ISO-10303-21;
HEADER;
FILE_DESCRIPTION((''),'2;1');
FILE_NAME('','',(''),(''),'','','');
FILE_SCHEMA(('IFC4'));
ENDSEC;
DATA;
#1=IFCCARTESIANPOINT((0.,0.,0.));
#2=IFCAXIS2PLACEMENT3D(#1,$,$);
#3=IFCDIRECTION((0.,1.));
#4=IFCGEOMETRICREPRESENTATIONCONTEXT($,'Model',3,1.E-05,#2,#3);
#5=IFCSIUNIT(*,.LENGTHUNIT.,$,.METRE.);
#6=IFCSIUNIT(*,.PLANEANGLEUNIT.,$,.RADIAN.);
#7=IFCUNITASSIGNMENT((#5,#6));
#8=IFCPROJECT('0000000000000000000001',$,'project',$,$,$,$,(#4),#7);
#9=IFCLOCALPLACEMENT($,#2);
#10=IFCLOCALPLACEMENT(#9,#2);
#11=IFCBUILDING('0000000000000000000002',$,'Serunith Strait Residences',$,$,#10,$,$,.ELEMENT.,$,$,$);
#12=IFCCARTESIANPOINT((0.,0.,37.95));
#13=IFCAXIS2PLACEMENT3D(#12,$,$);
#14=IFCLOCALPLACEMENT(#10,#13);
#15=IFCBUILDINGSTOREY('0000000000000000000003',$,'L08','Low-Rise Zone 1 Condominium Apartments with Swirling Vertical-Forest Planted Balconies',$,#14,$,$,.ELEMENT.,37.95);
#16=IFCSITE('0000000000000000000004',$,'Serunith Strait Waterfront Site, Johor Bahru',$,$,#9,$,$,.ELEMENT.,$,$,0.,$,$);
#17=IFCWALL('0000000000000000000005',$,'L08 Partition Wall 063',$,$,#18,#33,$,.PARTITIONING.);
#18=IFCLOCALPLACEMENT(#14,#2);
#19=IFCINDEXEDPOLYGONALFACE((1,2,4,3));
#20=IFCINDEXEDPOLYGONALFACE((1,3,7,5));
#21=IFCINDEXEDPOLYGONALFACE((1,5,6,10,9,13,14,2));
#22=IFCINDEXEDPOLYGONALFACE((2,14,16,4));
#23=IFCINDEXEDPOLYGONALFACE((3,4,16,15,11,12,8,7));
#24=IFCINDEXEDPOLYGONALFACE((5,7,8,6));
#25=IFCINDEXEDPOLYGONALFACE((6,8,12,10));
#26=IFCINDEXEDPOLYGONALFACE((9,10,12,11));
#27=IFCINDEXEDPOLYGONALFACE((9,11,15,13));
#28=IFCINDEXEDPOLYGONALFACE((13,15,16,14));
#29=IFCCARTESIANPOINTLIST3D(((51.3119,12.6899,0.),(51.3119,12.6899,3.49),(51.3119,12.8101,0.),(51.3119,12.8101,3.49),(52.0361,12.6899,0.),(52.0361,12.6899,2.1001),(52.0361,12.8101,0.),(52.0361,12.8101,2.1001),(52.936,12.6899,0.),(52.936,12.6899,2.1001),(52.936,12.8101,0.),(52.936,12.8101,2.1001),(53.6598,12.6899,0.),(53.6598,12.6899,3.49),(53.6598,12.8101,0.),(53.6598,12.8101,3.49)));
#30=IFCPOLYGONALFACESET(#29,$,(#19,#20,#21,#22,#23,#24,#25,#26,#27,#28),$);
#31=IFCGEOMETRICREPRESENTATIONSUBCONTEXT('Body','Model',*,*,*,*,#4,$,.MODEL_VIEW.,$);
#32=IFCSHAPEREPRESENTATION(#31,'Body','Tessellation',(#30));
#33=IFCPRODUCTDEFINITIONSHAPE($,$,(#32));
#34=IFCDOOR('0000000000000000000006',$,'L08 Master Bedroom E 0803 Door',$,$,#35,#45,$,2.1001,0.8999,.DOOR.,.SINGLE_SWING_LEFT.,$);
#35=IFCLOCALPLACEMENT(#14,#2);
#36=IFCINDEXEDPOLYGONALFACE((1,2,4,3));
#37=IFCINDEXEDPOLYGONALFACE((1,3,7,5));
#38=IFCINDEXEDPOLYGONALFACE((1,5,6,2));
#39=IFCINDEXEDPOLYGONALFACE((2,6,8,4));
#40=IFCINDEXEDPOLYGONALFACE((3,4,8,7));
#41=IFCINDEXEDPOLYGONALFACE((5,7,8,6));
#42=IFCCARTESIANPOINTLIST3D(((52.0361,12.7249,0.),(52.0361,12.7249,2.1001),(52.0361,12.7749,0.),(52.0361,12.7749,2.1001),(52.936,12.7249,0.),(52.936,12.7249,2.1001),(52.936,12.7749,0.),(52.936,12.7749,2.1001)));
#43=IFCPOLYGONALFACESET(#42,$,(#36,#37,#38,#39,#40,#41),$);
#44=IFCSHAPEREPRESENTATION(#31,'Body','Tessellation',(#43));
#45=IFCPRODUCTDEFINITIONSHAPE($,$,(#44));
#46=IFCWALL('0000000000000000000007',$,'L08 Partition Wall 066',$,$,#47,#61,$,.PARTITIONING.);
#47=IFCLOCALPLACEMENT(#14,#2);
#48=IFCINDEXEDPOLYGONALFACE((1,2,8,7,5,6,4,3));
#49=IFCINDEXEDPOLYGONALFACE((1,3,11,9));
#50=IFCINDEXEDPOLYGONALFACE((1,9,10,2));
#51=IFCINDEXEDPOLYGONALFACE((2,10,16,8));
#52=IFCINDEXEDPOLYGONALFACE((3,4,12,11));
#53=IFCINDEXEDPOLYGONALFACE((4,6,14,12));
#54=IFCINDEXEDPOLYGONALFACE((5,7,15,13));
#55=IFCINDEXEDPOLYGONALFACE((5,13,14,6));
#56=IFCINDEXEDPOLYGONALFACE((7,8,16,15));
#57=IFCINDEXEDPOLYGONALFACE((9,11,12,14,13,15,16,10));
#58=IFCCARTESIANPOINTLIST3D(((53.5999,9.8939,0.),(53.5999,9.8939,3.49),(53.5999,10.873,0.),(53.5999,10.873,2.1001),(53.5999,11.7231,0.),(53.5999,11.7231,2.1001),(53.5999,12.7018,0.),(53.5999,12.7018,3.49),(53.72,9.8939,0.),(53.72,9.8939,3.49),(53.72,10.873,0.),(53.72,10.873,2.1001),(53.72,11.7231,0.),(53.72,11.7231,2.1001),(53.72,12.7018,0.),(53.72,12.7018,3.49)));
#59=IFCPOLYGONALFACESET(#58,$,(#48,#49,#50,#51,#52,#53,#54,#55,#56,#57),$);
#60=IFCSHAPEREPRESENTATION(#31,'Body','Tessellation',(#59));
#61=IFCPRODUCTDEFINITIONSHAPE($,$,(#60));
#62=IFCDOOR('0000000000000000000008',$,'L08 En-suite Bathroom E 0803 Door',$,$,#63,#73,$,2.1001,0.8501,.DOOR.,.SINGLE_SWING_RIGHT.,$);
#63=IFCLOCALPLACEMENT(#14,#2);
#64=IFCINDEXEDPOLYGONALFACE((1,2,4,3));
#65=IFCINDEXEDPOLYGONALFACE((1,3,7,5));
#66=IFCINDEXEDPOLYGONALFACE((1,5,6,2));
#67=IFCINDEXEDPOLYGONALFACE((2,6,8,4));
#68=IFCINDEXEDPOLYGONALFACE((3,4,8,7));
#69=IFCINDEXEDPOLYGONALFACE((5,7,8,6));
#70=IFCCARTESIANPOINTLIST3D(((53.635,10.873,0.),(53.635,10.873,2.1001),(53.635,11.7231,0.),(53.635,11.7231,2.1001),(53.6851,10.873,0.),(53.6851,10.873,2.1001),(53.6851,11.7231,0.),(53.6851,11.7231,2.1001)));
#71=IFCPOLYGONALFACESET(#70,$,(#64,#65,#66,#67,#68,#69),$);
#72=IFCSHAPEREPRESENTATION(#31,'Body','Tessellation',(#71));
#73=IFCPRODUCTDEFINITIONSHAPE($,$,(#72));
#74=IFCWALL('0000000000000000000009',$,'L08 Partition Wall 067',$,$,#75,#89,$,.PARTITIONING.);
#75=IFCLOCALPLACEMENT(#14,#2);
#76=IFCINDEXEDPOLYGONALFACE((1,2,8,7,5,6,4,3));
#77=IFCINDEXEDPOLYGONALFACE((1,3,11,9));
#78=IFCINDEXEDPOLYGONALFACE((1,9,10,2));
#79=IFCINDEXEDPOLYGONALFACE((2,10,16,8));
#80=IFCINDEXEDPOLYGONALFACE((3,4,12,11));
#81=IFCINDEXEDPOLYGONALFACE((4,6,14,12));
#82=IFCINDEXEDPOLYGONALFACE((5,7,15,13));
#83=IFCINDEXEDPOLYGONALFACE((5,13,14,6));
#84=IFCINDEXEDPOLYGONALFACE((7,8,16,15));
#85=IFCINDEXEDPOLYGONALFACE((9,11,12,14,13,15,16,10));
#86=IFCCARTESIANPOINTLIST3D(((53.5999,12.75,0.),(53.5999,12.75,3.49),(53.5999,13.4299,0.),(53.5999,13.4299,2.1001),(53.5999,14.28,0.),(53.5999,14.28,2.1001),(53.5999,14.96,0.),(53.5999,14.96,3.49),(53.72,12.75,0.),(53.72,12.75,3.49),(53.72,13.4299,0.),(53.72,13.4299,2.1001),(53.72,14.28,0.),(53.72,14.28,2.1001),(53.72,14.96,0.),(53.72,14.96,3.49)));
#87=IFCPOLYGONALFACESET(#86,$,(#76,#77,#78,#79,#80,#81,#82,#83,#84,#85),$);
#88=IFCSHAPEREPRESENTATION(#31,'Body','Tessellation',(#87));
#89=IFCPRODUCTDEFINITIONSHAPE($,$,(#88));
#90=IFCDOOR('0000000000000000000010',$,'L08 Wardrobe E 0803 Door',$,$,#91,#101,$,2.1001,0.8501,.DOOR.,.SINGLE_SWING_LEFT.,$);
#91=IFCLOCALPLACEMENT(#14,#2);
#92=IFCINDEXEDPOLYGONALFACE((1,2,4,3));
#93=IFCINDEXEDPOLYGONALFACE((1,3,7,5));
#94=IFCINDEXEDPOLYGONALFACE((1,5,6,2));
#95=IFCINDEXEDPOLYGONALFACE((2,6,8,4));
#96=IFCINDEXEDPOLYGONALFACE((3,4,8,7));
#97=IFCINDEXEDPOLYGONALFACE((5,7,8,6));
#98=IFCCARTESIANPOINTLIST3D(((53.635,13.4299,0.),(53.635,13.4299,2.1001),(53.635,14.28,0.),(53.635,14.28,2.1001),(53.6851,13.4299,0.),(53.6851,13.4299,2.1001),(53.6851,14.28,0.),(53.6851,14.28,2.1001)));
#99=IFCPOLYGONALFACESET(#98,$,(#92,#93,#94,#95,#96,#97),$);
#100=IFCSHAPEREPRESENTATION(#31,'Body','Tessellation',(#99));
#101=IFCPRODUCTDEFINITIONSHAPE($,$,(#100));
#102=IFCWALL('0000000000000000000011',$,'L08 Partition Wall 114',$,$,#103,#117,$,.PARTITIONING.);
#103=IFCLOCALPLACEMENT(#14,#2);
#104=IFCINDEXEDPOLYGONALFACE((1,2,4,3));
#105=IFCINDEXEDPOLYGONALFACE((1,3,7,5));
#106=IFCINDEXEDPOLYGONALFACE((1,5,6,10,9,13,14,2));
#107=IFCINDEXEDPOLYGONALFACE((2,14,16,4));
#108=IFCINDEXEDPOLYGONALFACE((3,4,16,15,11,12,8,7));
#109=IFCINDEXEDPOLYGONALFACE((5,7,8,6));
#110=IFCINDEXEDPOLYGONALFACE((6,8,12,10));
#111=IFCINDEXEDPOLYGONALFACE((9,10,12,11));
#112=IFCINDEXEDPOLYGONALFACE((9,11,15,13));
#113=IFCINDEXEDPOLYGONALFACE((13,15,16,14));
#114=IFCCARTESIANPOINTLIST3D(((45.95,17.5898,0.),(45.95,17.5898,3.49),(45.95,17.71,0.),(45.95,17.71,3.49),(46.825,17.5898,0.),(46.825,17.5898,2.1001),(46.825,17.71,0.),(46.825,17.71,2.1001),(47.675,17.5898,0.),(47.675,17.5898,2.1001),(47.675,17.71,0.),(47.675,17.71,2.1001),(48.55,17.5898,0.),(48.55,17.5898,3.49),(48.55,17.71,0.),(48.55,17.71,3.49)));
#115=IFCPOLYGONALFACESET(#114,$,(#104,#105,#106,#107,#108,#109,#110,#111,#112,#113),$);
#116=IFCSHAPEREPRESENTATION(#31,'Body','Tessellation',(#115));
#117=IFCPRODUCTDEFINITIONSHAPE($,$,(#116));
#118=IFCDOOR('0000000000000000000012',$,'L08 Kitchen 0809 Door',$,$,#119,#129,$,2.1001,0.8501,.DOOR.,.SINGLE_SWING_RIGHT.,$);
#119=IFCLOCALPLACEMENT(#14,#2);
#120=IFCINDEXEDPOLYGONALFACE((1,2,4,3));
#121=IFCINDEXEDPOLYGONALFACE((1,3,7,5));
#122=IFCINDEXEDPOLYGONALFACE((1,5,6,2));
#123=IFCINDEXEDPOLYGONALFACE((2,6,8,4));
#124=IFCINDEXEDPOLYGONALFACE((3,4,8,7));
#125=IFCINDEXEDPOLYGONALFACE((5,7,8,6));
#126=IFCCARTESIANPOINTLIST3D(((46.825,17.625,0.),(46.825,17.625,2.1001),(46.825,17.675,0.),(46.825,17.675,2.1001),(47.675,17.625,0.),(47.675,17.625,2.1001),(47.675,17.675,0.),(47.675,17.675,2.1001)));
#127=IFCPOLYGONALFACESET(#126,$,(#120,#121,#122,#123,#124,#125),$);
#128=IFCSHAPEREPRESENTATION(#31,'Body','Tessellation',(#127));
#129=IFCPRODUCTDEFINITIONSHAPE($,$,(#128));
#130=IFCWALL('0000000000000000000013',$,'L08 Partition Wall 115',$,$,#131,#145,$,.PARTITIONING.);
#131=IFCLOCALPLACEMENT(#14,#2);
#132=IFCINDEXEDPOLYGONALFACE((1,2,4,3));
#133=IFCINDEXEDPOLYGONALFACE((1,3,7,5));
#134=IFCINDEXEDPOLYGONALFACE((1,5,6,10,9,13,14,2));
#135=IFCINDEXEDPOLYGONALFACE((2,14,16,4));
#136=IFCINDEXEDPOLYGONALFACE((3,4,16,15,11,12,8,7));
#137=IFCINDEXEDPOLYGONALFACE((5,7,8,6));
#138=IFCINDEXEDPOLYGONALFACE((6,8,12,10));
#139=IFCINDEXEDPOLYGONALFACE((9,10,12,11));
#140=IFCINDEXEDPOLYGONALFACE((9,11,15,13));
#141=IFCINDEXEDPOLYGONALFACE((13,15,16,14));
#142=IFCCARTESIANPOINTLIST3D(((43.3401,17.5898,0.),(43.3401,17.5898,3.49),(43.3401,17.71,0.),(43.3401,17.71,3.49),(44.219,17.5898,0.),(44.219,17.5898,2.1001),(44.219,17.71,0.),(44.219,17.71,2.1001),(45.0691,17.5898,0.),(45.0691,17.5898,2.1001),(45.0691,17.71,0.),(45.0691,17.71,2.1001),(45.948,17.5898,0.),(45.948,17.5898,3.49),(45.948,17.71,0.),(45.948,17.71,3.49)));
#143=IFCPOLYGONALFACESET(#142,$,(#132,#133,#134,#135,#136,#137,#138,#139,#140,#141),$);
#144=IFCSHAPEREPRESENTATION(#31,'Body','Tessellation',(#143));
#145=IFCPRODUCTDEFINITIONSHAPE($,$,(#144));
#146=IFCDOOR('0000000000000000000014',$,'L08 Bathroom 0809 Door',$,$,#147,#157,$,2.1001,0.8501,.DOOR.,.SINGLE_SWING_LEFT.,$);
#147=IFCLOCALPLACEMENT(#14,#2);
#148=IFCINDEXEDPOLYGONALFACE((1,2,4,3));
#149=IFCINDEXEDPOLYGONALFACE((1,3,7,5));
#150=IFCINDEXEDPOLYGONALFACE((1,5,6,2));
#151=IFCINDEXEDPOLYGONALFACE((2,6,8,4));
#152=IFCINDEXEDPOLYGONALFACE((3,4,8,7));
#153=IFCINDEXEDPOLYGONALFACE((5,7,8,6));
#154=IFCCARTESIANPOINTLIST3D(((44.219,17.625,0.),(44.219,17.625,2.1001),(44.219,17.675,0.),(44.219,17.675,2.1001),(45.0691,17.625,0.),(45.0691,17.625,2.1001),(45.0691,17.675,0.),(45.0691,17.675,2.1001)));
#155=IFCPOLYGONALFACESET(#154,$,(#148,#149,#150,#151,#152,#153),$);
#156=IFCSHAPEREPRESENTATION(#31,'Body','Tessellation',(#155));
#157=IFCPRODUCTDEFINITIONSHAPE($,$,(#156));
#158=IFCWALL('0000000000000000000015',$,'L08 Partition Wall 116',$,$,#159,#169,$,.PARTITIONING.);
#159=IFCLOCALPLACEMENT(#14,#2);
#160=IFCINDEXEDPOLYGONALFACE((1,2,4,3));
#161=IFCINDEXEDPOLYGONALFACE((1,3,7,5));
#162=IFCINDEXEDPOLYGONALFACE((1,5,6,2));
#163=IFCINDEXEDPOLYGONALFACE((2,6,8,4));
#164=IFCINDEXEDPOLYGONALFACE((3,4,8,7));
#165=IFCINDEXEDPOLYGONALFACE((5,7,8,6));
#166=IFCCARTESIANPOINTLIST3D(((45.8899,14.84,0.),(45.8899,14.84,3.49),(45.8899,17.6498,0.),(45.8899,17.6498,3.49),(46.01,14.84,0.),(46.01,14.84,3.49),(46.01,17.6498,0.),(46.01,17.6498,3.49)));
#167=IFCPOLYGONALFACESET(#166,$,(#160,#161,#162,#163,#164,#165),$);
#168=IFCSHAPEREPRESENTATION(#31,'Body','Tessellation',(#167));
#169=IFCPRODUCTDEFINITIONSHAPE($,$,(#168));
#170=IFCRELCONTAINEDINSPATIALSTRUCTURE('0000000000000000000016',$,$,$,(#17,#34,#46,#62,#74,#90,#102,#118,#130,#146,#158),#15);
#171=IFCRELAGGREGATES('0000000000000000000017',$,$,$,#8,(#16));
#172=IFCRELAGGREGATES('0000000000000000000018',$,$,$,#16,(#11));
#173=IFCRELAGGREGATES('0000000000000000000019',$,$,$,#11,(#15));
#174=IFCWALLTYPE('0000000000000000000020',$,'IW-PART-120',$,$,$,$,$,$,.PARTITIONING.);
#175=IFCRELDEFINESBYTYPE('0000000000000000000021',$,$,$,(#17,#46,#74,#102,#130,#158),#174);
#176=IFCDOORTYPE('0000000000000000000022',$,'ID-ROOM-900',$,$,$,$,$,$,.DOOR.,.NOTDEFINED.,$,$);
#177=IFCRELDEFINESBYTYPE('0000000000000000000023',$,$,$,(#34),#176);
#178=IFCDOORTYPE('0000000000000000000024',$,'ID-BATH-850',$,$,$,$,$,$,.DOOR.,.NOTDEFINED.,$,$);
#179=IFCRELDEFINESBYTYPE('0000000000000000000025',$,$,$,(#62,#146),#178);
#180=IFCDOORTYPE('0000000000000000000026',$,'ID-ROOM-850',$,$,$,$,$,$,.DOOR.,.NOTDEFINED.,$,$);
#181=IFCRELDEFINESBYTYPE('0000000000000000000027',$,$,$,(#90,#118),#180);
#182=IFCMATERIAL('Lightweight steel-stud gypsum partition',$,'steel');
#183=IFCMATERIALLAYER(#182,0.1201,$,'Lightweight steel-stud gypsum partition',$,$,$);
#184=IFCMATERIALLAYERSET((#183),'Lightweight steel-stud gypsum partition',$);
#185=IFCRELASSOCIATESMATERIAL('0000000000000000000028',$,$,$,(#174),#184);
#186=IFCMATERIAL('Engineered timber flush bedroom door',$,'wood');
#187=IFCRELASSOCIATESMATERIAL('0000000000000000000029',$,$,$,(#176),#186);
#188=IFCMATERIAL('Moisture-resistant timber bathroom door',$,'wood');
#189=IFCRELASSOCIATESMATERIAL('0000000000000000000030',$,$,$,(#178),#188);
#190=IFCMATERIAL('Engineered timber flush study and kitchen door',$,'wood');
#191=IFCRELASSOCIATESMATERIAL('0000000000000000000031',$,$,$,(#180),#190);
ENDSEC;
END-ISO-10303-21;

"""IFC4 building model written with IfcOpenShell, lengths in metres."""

from ifc_helpers import new_model, si_unit, direction, frame, frame_2d, origin, place, context, subcontext, project, spatial, rectangle, extrude, source, transform, mapped, material, layer, layer_set, type_object, element, fill, save


model = new_model("IFC4")

# Units and contexts
model_context = context("Model", 3, precision=1e-05, world=origin(), true_north=direction((0.0, 1.0)))
body_context = subcontext(model_context, "Body", "Model", "MODEL_VIEW")
ifc_project = project(units=[si_unit("LENGTHUNIT", "METRE"), si_unit("PLANEANGLEUNIT", "RADIAN")], contexts=[model_context])

# Site, building, storey
site_placement = place(None, origin())
site = spatial("IfcSite", under=ifc_project, at=site_placement, Name="Serunith Strait Waterfront Site, Johor Bahru", CompositionType="ELEMENT", RefElevation=0.0)
building_placement = place(site_placement, origin())
building = spatial("IfcBuilding", under=site, at=building_placement, Name="Serunith Strait Residences", CompositionType="ELEMENT")
storey_placement = place(building_placement, frame((0.0, 0.0, 37.95)))
storey = spatial("IfcBuildingStorey", under=building, at=storey_placement, Name="L08", Description="Low-Rise Zone 1 Condominium Apartments with Swirling Vertical-Forest Planted Balconies", CompositionType="ELEMENT", Elevation=37.95)

# Walls, openings, doors
ifc_material_1 = material(Name="Lightweight steel-stud gypsum partition", Category="steel")
ifc_layer = layer(ifc_material_1, 0.1201, Name="Lightweight steel-stud gypsum partition")
ifc_layer_set = layer_set([ifc_layer], Name="Lightweight steel-stud gypsum partition")
wall_type = type_object("IfcWallType", Name="IW-PART-120", PredefinedType="PARTITIONING", material=ifc_layer_set)
ifc_material_2 = material(Name="Engineered timber flush bedroom door", Category="wood")
door_type_1 = type_object("IfcDoorType", Name="ID-ROOM-900", OperationType="NOTDEFINED", PredefinedType="DOOR", material=ifc_material_2)
shared_shape_1 = source(origin(), body_context, "Body", "SweptSolid", [
    extrude(rectangle(XDim=0.8999, YDim=2.1001, at=frame_2d((0.45, 1.05))), frame((0.0, 0.0249, 0.0), z_axis=(0.0, -1.0, 0.0), x_axis=(1.0, 0.0, 0.0)), (0.0, 0.0, 1.0), 0.05),
])
ifc_material_3 = material(Name="Moisture-resistant timber bathroom door", Category="wood")
door_type_2 = type_object("IfcDoorType", Name="ID-BATH-850", OperationType="NOTDEFINED", PredefinedType="DOOR", material=ifc_material_3)
shared_shape_2 = source(origin(), body_context, "Body", "SweptSolid", [
    extrude(rectangle(XDim=0.8501, YDim=2.1001, at=frame_2d((0.425, 1.05))), frame((0.0, 0.0249, 0.0), z_axis=(0.0, -1.0, 0.0), x_axis=(1.0, 0.0, 0.0)), (0.0, 0.0, 1.0), 0.05),
])
ifc_material_4 = material(Name="Engineered timber flush study and kitchen door", Category="wood")
door_type_3 = type_object("IfcDoorType", Name="ID-ROOM-850", OperationType="NOTDEFINED", PredefinedType="DOOR", material=ifc_material_4)
wall_1_placement = place(storey_placement, frame((51.312, 12.75, 0.0), z_axis=(0.0, 0.0, 1.0), x_axis=(1.0, 0.0, 0.0)))
wall_1 = element("IfcWall", 1, at=wall_1_placement, inside=storey, type_object=wall_type, Name="L08 Partition Wall 063", PredefinedType="PARTITIONING", context=body_context, shape_type="SweptSolid", body=[
    extrude(rectangle(XDim=2.3479, YDim=0.1201, at=frame_2d((1.1738, 0.0))), origin(), (0.0, 0.0, 1.0), 3.49),
])
opening_1_placement = place(wall_1_placement, frame((0.7241, 0.0, 0.0)))
opening_1 = element("IfcOpeningElement", 2, at=opening_1_placement, cuts=wall_1, PredefinedType="OPENING", context=body_context, shape_type="SweptSolid", body=[
    extrude(rectangle(XDim=0.8999, YDim=2.1001, at=frame_2d((0.45, 1.05))), frame((0.0, 0.0701, 0.0), z_axis=(0.0, -1.0, 0.0), x_axis=(1.0, 0.0, 0.0)), (0.0, 0.0, 1.0), 0.1401),
])
door_1_placement = place(opening_1_placement, origin())
door_1 = element("IfcDoor", 3, at=door_1_placement, inside=storey, type_object=door_type_1, Name="L08 Master Bedroom E 0803 Door", OperationType="SINGLE_SWING_LEFT", OverallHeight=2.1001, OverallWidth=0.8999, PredefinedType="DOOR", context=body_context, shape_type="MappedRepresentation", body=[
    mapped(shared_shape_1, transform((0.0, 0.0, 0.0), scale=1.0)),
])
fill(opening_1, door_1)
wall_2_placement = place(storey_placement, frame((53.6599, 9.894, 0.0), z_axis=(0.0, 0.0, 1.0), x_axis=(0.0, 1.0, 0.0)))
wall_2 = element("IfcWall", 4, at=wall_2_placement, inside=storey, type_object=wall_type, Name="L08 Partition Wall 066", PredefinedType="PARTITIONING", context=body_context, shape_type="SweptSolid", body=[
    extrude(rectangle(XDim=2.8079, YDim=0.1201, at=frame_2d((1.4038, 0.0))), origin(), (0.0, 0.0, 1.0), 3.49),
])
opening_2_placement = place(wall_2_placement, frame((0.979, 0.0, 0.0)))
opening_2 = element("IfcOpeningElement", 5, at=opening_2_placement, cuts=wall_2, PredefinedType="OPENING", context=body_context, shape_type="SweptSolid", body=[
    extrude(rectangle(XDim=0.8501, YDim=2.1001, at=frame_2d((0.425, 1.05))), frame((0.0, 0.0701, 0.0), z_axis=(0.0, -1.0, 0.0), x_axis=(1.0, 0.0, 0.0)), (0.0, 0.0, 1.0), 0.1401),
])
door_2_placement = place(opening_2_placement, origin())
door_2 = element("IfcDoor", 6, at=door_2_placement, inside=storey, type_object=door_type_2, Name="L08 En-suite Bathroom E 0803 Door", OperationType="SINGLE_SWING_RIGHT", OverallHeight=2.1001, OverallWidth=0.8501, PredefinedType="DOOR", context=body_context, shape_type="MappedRepresentation", body=[
    mapped(shared_shape_2, transform((0.0, 0.0, 0.0), scale=1.0)),
])
fill(opening_2, door_2)
wall_3_placement = place(storey_placement, frame((53.6599, 12.75, 0.0), z_axis=(0.0, 0.0, 1.0), x_axis=(0.0, 1.0, 0.0)))
wall_3 = element("IfcWall", 7, at=wall_3_placement, inside=storey, type_object=wall_type, Name="L08 Partition Wall 067", PredefinedType="PARTITIONING", context=body_context, shape_type="SweptSolid", body=[
    extrude(rectangle(XDim=2.21, YDim=0.1201, at=frame_2d((1.105, 0.0))), origin(), (0.0, 0.0, 1.0), 3.49),
])
opening_3_placement = place(wall_3_placement, frame((0.6799, 0.0, 0.0)))
opening_3 = element("IfcOpeningElement", 8, at=opening_3_placement, cuts=wall_3, PredefinedType="OPENING", context=body_context, shape_type="SweptSolid", body=[
    extrude(rectangle(XDim=0.8501, YDim=2.1001, at=frame_2d((0.425, 1.05))), frame((0.0, 0.0701, 0.0), z_axis=(0.0, -1.0, 0.0), x_axis=(1.0, 0.0, 0.0)), (0.0, 0.0, 1.0), 0.1401),
])
door_3_placement = place(opening_3_placement, origin())
door_3 = element("IfcDoor", 9, at=door_3_placement, inside=storey, type_object=door_type_3, Name="L08 Wardrobe E 0803 Door", OperationType="SINGLE_SWING_LEFT", OverallHeight=2.1001, OverallWidth=0.8501, PredefinedType="DOOR", context=body_context, shape_type="MappedRepresentation", body=[
    mapped(shared_shape_2, transform((0.0, 0.0, 0.0), scale=1.0)),
])
fill(opening_3, door_3)
wall_4_placement = place(storey_placement, frame((48.55, 17.6499, 0.0), z_axis=(0.0, 0.0, 1.0), x_axis=(-1.0, 0.0, 0.0)))
wall_4 = element("IfcWall", 10, at=wall_4_placement, inside=storey, type_object=wall_type, Name="L08 Partition Wall 114", PredefinedType="PARTITIONING", context=body_context, shape_type="SweptSolid", body=[
    extrude(rectangle(XDim=2.6001, YDim=0.1201, at=frame_2d((1.3, 0.0))), origin(), (0.0, 0.0, 1.0), 3.49),
])
opening_4_placement = place(wall_4_placement, frame((0.875, 0.0, 0.0)))
opening_4 = element("IfcOpeningElement", 11, at=opening_4_placement, cuts=wall_4, PredefinedType="OPENING", context=body_context, shape_type="SweptSolid", body=[
    extrude(rectangle(XDim=0.8501, YDim=2.1001, at=frame_2d((0.425, 1.05))), frame((0.0, 0.0701, 0.0), z_axis=(0.0, -1.0, 0.0), x_axis=(1.0, 0.0, 0.0)), (0.0, 0.0, 1.0), 0.1401),
])
door_4_placement = place(opening_4_placement, origin())
door_4 = element("IfcDoor", 12, at=door_4_placement, inside=storey, type_object=door_type_3, Name="L08 Kitchen 0809 Door", OperationType="SINGLE_SWING_RIGHT", OverallHeight=2.1001, OverallWidth=0.8501, PredefinedType="DOOR", context=body_context, shape_type="MappedRepresentation", body=[
    mapped(shared_shape_2, transform((0.0, 0.0, 0.0), scale=1.0)),
])
fill(opening_4, door_4)
wall_5_placement = place(storey_placement, frame((45.948, 17.6499, 0.0), z_axis=(0.0, 0.0, 1.0), x_axis=(-1.0, 0.0, 0.0)))
wall_5 = element("IfcWall", 13, at=wall_5_placement, inside=storey, type_object=wall_type, Name="L08 Partition Wall 115", PredefinedType="PARTITIONING", context=body_context, shape_type="SweptSolid", body=[
    extrude(rectangle(XDim=2.6079, YDim=0.1201, at=frame_2d((1.304, 0.0))), origin(), (0.0, 0.0, 1.0), 3.49),
])
opening_5_placement = place(wall_5_placement, frame((0.8789, 0.0, 0.0)))
opening_5 = element("IfcOpeningElement", 14, at=opening_5_placement, cuts=wall_5, PredefinedType="OPENING", context=body_context, shape_type="SweptSolid", body=[
    extrude(rectangle(XDim=0.8501, YDim=2.1001, at=frame_2d((0.425, 1.05))), frame((0.0, 0.0701, 0.0), z_axis=(0.0, -1.0, 0.0), x_axis=(1.0, 0.0, 0.0)), (0.0, 0.0, 1.0), 0.1401),
])
door_5_placement = place(opening_5_placement, origin())
door_5 = element("IfcDoor", 15, at=door_5_placement, inside=storey, type_object=door_type_2, Name="L08 Bathroom 0809 Door", OperationType="SINGLE_SWING_LEFT", OverallHeight=2.1001, OverallWidth=0.8501, PredefinedType="DOOR", context=body_context, shape_type="MappedRepresentation", body=[
    mapped(shared_shape_2, transform((0.0, 0.0, 0.0), scale=1.0)),
])
fill(opening_5, door_5)

# Wall
for number, where, z_axis, x_axis, name in (
    (16, (45.95, 14.8401, 0.0), (0.0, 0.0, 1.0), (0.0, 1.0, 0.0), "L08 Partition Wall 116"),
):
    element("IfcWall", number, at=place(storey_placement, frame(where, z_axis=z_axis, x_axis=x_axis)), inside=storey, type_object=wall_type, Name=name, PredefinedType="PARTITIONING", context=body_context, shape_type="SweptSolid", body=[
        extrude(rectangle(XDim=2.8098, YDim=0.1201, at=frame_2d((1.4048, 0.0))), origin(), (0.0, 0.0, 1.0), 3.49),
    ])

save(model, "model.ifc")
